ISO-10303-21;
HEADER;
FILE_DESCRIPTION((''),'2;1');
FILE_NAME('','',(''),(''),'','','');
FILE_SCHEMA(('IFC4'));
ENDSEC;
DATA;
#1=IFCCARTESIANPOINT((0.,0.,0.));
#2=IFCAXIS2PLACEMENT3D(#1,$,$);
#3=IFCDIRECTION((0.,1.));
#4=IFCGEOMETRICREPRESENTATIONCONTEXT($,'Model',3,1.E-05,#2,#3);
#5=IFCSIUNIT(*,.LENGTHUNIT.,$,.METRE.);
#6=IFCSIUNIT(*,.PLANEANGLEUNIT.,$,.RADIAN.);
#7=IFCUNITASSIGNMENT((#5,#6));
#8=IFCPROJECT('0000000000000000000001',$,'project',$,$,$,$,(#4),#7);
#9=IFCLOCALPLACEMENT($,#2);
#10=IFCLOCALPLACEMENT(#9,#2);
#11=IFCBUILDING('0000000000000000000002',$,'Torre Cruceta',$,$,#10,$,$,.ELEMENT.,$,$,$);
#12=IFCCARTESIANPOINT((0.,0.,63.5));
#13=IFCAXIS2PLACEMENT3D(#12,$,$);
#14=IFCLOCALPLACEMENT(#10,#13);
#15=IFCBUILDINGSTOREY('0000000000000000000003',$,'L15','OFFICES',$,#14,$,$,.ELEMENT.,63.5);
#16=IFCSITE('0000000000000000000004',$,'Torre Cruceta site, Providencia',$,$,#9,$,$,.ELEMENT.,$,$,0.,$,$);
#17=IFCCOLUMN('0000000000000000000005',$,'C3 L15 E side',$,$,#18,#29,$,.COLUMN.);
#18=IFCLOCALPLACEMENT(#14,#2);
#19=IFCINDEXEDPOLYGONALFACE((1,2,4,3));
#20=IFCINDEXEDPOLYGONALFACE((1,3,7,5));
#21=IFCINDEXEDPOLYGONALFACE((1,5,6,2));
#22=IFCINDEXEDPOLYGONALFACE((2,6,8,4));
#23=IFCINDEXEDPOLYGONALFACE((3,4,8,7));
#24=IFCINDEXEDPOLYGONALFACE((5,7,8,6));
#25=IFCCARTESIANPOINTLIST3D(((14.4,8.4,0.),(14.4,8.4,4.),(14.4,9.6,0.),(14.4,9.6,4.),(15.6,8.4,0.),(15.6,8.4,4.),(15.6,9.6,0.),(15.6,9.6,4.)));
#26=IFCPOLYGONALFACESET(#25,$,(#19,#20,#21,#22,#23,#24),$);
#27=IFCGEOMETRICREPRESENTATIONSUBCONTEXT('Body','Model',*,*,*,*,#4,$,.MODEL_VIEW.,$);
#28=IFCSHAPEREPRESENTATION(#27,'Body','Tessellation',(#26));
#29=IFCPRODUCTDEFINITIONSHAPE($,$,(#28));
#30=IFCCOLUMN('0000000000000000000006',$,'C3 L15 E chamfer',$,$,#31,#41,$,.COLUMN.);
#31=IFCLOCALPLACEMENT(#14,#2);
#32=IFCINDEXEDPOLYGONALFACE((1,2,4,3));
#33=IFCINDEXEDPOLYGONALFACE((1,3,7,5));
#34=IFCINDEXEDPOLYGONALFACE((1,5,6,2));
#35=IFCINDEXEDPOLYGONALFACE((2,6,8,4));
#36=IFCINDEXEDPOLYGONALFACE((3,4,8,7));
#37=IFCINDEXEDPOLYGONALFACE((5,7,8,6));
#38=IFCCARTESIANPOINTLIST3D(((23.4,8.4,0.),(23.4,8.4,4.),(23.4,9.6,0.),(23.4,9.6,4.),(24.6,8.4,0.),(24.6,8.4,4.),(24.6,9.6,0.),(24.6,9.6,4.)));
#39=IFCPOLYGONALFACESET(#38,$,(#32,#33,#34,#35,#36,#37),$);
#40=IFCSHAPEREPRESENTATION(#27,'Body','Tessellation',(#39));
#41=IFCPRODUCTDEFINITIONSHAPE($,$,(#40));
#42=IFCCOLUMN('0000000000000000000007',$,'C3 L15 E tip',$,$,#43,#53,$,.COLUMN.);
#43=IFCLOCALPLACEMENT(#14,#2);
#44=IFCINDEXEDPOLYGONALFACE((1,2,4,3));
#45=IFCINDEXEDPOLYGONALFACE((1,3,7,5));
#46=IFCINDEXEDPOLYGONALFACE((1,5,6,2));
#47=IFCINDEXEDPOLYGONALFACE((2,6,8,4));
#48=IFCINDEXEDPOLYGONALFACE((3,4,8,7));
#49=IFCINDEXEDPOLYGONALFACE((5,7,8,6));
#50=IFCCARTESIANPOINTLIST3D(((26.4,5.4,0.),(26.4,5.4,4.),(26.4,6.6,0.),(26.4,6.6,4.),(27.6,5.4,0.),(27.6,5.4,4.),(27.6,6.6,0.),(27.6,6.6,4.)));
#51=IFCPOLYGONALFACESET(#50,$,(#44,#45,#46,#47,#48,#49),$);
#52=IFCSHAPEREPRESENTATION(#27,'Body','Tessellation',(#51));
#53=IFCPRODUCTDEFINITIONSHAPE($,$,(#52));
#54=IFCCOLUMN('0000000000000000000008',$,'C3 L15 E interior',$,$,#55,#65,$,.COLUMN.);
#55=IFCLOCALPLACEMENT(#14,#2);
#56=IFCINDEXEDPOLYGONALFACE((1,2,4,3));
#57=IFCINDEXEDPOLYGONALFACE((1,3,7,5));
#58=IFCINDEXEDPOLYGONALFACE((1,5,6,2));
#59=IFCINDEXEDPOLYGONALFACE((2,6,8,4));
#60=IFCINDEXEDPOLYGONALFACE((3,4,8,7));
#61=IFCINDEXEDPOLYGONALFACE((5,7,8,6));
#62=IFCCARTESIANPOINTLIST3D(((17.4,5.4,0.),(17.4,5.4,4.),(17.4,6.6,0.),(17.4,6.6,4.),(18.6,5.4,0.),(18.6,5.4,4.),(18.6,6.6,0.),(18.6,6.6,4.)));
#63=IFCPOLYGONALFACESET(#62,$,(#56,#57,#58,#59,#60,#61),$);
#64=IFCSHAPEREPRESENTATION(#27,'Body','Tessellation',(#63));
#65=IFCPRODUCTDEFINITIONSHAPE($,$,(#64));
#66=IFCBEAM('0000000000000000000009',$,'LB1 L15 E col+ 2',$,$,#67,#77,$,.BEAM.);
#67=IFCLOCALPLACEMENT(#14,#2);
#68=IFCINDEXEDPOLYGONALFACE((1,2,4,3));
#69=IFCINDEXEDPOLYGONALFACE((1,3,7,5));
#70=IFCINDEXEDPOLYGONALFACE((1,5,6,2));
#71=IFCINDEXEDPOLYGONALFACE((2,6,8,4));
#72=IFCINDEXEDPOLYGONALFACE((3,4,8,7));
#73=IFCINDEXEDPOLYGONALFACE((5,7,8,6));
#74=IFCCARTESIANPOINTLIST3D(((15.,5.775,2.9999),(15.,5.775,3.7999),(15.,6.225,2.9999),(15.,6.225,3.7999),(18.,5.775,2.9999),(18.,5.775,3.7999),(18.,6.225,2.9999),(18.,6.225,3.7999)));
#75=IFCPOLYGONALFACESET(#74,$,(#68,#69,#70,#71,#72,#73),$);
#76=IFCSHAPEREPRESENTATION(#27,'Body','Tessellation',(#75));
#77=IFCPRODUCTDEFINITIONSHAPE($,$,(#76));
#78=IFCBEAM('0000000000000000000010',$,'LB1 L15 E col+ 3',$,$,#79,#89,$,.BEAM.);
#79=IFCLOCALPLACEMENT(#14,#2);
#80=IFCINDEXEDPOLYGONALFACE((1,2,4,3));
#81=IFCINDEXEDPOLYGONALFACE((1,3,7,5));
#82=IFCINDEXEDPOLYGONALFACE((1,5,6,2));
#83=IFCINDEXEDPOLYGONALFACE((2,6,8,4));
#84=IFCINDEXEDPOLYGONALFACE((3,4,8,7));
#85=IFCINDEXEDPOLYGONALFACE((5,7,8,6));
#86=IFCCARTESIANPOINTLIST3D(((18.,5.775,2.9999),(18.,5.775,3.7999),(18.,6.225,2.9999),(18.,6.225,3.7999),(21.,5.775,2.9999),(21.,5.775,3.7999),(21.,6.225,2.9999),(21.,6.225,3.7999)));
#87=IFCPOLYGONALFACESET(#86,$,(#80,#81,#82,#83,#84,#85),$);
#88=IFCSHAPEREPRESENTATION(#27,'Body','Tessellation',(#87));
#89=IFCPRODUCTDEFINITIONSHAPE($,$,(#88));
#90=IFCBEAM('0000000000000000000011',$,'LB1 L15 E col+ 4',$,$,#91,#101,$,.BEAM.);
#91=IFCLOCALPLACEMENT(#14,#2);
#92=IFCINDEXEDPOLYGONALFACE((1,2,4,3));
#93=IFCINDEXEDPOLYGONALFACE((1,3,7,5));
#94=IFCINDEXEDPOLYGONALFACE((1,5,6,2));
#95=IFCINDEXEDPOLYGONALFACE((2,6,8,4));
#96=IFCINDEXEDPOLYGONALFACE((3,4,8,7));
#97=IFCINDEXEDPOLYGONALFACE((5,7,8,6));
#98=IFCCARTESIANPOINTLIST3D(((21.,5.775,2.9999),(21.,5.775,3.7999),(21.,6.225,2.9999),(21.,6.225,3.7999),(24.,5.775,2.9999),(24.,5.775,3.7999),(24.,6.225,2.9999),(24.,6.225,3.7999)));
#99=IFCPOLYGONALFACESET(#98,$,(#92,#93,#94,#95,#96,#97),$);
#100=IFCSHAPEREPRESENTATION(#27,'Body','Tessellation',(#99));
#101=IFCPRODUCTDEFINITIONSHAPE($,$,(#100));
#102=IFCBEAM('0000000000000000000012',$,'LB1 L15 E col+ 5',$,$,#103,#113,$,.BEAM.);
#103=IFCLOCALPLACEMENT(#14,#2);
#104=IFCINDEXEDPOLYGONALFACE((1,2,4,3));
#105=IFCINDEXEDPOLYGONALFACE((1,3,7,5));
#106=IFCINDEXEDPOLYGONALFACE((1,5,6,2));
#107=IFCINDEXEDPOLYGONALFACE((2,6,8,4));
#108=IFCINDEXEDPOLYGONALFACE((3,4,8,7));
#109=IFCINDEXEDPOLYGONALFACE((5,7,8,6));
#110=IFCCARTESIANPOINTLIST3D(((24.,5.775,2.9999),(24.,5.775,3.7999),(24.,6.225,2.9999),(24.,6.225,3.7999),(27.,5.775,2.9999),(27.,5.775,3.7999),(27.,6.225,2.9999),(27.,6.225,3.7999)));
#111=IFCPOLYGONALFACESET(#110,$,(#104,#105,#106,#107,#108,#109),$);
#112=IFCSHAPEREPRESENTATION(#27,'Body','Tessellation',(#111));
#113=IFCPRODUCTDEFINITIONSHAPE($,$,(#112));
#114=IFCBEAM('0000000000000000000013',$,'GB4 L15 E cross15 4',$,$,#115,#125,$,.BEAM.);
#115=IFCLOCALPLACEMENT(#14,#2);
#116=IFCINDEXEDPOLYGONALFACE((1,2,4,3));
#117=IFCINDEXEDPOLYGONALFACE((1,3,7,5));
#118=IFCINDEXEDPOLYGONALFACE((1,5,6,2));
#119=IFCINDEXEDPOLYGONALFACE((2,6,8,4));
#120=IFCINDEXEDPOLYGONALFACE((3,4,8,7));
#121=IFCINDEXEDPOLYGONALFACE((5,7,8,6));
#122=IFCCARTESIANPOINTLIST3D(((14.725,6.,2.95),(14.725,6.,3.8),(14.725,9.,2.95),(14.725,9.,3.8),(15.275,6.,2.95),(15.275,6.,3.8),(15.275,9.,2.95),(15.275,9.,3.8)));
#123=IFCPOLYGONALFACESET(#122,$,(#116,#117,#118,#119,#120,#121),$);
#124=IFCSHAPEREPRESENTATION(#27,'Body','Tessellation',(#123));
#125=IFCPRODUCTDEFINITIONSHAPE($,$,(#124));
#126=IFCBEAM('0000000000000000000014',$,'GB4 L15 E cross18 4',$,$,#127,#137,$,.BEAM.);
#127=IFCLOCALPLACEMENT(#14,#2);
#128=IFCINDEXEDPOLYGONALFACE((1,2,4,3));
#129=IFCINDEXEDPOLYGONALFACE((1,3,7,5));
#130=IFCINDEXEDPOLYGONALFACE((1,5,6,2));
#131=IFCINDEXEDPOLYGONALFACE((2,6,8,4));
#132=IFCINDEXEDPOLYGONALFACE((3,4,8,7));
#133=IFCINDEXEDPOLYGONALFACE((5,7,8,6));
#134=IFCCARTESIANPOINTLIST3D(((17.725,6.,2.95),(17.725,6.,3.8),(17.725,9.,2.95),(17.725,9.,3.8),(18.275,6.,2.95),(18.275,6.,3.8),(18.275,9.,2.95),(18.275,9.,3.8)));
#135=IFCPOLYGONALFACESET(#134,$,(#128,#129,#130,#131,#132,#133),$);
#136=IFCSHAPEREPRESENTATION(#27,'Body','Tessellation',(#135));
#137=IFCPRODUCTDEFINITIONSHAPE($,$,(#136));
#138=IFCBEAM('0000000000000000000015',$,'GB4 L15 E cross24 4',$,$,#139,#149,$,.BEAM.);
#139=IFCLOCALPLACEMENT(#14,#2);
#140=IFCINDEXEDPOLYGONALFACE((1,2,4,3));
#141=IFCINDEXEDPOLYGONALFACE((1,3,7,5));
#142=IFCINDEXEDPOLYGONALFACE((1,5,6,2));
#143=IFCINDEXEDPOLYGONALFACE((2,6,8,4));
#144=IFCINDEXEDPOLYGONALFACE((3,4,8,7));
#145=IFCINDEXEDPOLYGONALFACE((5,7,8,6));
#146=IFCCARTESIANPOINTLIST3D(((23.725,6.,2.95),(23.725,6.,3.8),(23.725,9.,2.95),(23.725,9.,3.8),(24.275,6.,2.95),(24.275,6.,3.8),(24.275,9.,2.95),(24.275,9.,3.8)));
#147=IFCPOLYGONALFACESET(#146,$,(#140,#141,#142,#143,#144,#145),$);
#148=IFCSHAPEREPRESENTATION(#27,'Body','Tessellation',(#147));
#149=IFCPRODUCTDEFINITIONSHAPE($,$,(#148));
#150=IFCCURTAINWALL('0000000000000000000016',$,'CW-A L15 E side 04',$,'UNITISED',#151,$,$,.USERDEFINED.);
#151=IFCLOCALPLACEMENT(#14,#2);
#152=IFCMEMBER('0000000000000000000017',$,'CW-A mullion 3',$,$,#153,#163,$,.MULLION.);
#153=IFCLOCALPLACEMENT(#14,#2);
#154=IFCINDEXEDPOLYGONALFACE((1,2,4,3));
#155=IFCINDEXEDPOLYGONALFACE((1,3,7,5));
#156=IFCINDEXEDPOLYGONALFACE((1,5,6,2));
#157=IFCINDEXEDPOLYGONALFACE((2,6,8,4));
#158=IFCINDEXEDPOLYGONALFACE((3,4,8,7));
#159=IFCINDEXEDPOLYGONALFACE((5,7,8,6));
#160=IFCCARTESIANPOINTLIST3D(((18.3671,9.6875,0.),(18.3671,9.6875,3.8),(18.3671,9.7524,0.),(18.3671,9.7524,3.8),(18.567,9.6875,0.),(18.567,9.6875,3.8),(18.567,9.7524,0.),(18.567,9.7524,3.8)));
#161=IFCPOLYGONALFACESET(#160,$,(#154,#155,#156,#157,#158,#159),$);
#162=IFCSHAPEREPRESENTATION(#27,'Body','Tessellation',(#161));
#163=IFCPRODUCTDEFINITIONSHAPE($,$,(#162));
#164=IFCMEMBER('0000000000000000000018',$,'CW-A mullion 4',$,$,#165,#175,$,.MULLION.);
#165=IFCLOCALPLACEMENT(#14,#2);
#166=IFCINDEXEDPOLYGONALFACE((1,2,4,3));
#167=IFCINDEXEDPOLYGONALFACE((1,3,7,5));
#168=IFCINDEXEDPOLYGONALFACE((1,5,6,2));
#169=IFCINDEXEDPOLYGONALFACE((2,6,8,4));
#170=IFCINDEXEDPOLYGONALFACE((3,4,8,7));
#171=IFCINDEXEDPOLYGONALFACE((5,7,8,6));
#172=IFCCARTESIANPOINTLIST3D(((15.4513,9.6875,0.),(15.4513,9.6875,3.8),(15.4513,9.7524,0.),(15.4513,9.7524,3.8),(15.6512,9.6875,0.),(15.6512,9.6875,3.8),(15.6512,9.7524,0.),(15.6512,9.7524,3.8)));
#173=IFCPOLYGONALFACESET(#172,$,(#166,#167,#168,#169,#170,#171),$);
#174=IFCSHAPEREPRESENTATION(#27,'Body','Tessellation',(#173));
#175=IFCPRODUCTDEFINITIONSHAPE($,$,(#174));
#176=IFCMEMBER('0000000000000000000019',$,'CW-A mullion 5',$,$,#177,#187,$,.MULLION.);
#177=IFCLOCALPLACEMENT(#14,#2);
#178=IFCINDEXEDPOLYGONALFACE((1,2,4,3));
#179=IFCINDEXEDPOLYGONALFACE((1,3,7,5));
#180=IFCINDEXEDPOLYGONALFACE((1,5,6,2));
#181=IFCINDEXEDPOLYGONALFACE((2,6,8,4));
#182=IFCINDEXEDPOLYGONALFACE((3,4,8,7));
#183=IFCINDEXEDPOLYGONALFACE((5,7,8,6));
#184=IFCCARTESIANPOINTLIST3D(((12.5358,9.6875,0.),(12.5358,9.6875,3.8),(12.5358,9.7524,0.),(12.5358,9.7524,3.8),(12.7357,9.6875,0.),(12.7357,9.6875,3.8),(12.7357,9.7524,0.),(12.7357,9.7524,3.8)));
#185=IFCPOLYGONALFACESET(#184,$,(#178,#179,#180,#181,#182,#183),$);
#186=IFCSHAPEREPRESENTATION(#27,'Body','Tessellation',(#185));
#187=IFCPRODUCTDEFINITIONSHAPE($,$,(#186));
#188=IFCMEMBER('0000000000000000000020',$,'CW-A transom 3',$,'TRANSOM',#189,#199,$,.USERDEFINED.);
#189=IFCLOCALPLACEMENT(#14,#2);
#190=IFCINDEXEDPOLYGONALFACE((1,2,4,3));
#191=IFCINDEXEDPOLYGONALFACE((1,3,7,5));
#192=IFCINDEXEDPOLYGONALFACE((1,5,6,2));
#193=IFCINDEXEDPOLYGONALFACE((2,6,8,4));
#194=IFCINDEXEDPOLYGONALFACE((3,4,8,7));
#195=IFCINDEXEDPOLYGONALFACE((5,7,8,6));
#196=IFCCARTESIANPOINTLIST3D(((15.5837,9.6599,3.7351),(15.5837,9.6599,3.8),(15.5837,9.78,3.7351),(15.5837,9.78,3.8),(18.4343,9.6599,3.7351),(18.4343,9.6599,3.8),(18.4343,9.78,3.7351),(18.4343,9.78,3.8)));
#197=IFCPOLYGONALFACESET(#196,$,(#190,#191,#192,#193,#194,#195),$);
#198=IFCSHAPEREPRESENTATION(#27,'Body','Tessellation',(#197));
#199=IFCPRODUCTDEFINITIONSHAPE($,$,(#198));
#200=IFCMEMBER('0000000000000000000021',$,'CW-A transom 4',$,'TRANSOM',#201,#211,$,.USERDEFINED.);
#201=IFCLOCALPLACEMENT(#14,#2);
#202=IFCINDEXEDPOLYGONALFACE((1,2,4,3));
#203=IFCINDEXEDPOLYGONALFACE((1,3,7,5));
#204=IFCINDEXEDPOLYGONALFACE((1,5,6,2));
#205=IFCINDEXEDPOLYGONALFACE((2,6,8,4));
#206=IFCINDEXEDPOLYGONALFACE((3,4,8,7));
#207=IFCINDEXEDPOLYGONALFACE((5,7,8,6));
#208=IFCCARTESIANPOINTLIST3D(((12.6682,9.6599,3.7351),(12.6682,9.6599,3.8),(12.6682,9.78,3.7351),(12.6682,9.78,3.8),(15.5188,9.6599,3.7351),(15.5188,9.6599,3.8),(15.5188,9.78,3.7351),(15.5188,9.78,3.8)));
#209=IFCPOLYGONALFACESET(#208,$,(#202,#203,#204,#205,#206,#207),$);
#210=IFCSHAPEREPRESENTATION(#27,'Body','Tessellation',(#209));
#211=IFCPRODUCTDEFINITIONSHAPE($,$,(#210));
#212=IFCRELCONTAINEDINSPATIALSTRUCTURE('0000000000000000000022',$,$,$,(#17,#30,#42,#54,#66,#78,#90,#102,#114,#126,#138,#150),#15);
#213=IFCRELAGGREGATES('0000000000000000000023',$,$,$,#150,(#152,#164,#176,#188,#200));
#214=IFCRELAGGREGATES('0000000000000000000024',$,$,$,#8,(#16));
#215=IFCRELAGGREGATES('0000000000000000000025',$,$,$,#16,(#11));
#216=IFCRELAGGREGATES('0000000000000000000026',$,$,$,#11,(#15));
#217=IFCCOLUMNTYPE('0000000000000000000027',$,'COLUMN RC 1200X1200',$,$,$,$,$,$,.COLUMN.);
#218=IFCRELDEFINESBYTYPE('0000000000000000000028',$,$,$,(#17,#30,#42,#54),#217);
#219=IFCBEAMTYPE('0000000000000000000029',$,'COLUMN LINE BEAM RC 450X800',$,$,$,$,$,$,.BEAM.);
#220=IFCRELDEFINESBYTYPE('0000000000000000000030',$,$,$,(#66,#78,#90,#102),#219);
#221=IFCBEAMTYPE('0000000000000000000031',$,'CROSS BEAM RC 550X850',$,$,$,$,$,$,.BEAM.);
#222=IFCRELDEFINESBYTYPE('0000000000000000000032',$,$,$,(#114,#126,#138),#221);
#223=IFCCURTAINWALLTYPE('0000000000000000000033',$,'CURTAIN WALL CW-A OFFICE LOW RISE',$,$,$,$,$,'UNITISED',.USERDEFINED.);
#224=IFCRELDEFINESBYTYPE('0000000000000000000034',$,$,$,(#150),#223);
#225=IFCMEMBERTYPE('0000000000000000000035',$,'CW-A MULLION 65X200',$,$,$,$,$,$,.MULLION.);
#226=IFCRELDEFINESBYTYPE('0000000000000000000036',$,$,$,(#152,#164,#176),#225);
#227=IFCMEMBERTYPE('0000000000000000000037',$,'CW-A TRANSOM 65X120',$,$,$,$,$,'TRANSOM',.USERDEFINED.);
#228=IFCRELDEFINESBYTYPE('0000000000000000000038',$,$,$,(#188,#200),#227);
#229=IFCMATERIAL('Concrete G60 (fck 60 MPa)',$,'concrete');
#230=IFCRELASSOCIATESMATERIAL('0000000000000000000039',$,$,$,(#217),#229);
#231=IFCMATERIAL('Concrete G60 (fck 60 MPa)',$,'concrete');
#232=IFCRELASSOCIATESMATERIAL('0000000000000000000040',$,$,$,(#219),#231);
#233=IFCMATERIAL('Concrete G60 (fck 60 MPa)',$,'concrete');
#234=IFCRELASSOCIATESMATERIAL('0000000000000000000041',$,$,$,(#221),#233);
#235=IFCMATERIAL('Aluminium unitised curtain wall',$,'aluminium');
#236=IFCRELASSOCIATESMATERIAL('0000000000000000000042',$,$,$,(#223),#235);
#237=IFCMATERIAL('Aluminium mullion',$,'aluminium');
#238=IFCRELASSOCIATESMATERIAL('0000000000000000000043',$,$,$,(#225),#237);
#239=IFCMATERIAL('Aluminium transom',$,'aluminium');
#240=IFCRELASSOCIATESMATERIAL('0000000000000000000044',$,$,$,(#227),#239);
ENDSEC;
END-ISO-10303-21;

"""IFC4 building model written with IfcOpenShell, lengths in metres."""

from ifc_helpers import new_model, si_unit, direction, frame, origin, origin_2d, place, context, subcontext, project, spatial, rectangle, extrude, material, material_profile, profile_set, type_object, element, aggregate, save


model = new_model("IFC4")

# Units and contexts
model_context = context("Model", 3, precision=1e-05, world=origin(), true_north=direction((0.0, 1.0)))
body_context = subcontext(model_context, "Body", "Model", "MODEL_VIEW")
ifc_project = project(units=[si_unit("LENGTHUNIT", "METRE"), si_unit("PLANEANGLEUNIT", "RADIAN")], contexts=[model_context])

# Site, building, storey
site_placement = place(None, origin())
site = spatial("IfcSite", under=ifc_project, at=site_placement, Name="Torre Cruceta site, Providencia", CompositionType="ELEMENT", RefElevation=0.0)
building_placement = place(site_placement, origin())
building = spatial("IfcBuilding", under=site, at=building_placement, Name="Torre Cruceta", CompositionType="ELEMENT")
storey_placement = place(building_placement, frame((0.0, 0.0, 63.5)))
storey = spatial("IfcBuildingStorey", under=building, at=storey_placement, Name="L15", Description="OFFICES", CompositionType="ELEMENT", Elevation=63.5)

# Columns
ifc_material_1 = material(Name="Concrete G60 (fck 60 MPa)", Category="concrete")
ifc_material_profile_1 = material_profile(ifc_material_1, rectangle(XDim=1.2, YDim=1.2, at=origin_2d()), Name="RC 1200X1200")
ifc_profile_set_1 = profile_set([ifc_material_profile_1], Name="Concrete G60 (fck 60 MPa)")
column_type = type_object("IfcColumnType", Name="COLUMN RC 1200X1200", PredefinedType="COLUMN", material=ifc_profile_set_1)
for number, where, z_axis, x_axis, name in (
    (1, (15.0, 9.0, 0.0), (0.0, 0.0, 1.0), (1.0, 0.0, 0.0), "C3 L15 E side"),
    (2, (24.0, 9.0, 0.0), (0.0, 0.0, 1.0), (1.0, 0.0, 0.0), "C3 L15 E chamfer"),
    (3, (27.0, 6.0, 0.0), (0.0, 0.0, 1.0), (1.0, 0.0, 0.0), "C3 L15 E tip"),
    (4, (18.0, 6.0, 0.0), (0.0, 0.0, 1.0), (1.0, 0.0, 0.0), "C3 L15 E interior"),
):
    element("IfcColumn", number, at=place(storey_placement, frame(where, z_axis=z_axis, x_axis=x_axis)), inside=storey, type_object=column_type, Name=name, PredefinedType="COLUMN", context=body_context, shape_type="SweptSolid", body=[
        extrude(rectangle(XDim=1.2, YDim=1.2, at=origin_2d()), origin(), (0.0, 0.0, 1.0), 4.0),
    ])

# Beams
ifc_material_2 = material(Name="Concrete G60 (fck 60 MPa)", Category="concrete")
ifc_material_profile_2 = material_profile(ifc_material_2, rectangle(XDim=0.45, YDim=0.8, at=origin_2d()), Name="RC 450X800")
ifc_profile_set_2 = profile_set([ifc_material_profile_2], Name="Concrete G60 (fck 60 MPa)")
beam_type_1 = type_object("IfcBeamType", Name="COLUMN LINE BEAM RC 450X800", PredefinedType="BEAM", material=ifc_profile_set_2)
for number, where, z_axis, x_axis, name in (
    (5, (15.0, 6.0, 3.3999), (1.0, 0.0, 0.0), (0.0, 1.0, 0.0), "LB1 L15 E col+ 2"),
    (6, (18.0, 6.0, 3.3999), (1.0, 0.0, 0.0), (0.0, 1.0, 0.0), "LB1 L15 E col+ 3"),
    (7, (21.0, 6.0, 3.3999), (1.0, 0.0, 0.0), (0.0, 1.0, 0.0), "LB1 L15 E col+ 4"),
    (8, (24.0, 6.0, 3.3999), (1.0, 0.0, 0.0), (0.0, 1.0, 0.0), "LB1 L15 E col+ 5"),
):
    element("IfcBeam", number, at=place(storey_placement, frame(where, z_axis=z_axis, x_axis=x_axis)), inside=storey, type_object=beam_type_1, Name=name, PredefinedType="BEAM", context=body_context, shape_type="SweptSolid", body=[
        extrude(rectangle(XDim=0.45, YDim=0.8, at=origin_2d()), origin(), (0.0, 0.0, 1.0), 3.0),
    ])
ifc_material_3 = material(Name="Concrete G60 (fck 60 MPa)", Category="concrete")
ifc_material_profile_3 = material_profile(ifc_material_3, rectangle(XDim=0.55, YDim=0.8501, at=origin_2d()), Name="RC 550X850")
ifc_profile_set_3 = profile_set([ifc_material_profile_3], Name="Concrete G60 (fck 60 MPa)")
beam_type_2 = type_object("IfcBeamType", Name="CROSS BEAM RC 550X850", PredefinedType="BEAM", material=ifc_profile_set_3)
for number, where, z_axis, x_axis, name in (
    (9, (15.0, 6.0, 3.375), (0.0, 1.0, 0.0), (-1.0, 0.0, 0.0), "GB4 L15 E cross15 4"),
    (10, (18.0, 6.0, 3.375), (0.0, 1.0, 0.0), (-1.0, 0.0, 0.0), "GB4 L15 E cross18 4"),
    (11, (24.0, 6.0, 3.375), (0.0, 1.0, 0.0), (-1.0, 0.0, 0.0), "GB4 L15 E cross24 4"),
):
    element("IfcBeam", number, at=place(storey_placement, frame(where, z_axis=z_axis, x_axis=x_axis)), inside=storey, type_object=beam_type_2, Name=name, PredefinedType="BEAM", context=body_context, shape_type="SweptSolid", body=[
        extrude(rectangle(XDim=0.55, YDim=0.8501, at=origin_2d()), origin(), (0.0, 0.0, 1.0), 3.0),
    ])

# Curtain wall, members
ifc_material_4 = material(Name="Aluminium unitised curtain wall", Category="aluminium")
curtain_wall_type = type_object("IfcCurtainWallType", Name="CURTAIN WALL CW-A OFFICE LOW RISE", ElementType="UNITISED", PredefinedType="USERDEFINED", material=ifc_material_4)
curtain_wall_placement = place(storey_placement, origin())
curtain_wall = element("IfcCurtainWall", 12, at=curtain_wall_placement, inside=storey, type_object=curtain_wall_type, Name="CW-A L15 E side 04", ObjectType="UNITISED", PredefinedType="USERDEFINED")
ifc_material_5 = material(Name="Aluminium mullion", Category="aluminium")
ifc_material_profile_4 = material_profile(ifc_material_5, rectangle(XDim=0.0649, YDim=0.2, at=origin_2d()), Name="AL 65X200")
ifc_profile_set_4 = profile_set([ifc_material_profile_4], Name="Aluminium mullion")
member_type_1 = type_object("IfcMemberType", Name="CW-A MULLION 65X200", PredefinedType="MULLION", material=ifc_profile_set_4)
member_1_placement = place(storey_placement, frame((18.467, 9.72, 0.0), z_axis=(0.0, 0.0, 1.0), x_axis=(0.0, -1.0, 0.0)))
member_1 = element("IfcMember", 13, at=member_1_placement, type_object=member_type_1, Name="CW-A mullion 3", PredefinedType="MULLION", context=body_context, shape_type="SweptSolid", body=[
    extrude(rectangle(XDim=0.0649, YDim=0.2, at=origin_2d()), origin(), (0.0, 0.0, 1.0), 3.8),
])
member_2_placement = place(storey_placement, frame((15.5513, 9.72, 0.0), z_axis=(0.0, 0.0, 1.0), x_axis=(0.0, -1.0, 0.0)))
member_2 = element("IfcMember", 14, at=member_2_placement, type_object=member_type_1, Name="CW-A mullion 4", PredefinedType="MULLION", context=body_context, shape_type="SweptSolid", body=[
    extrude(rectangle(XDim=0.0649, YDim=0.2, at=origin_2d()), origin(), (0.0, 0.0, 1.0), 3.8),
])
member_3_placement = place(storey_placement, frame((12.6357, 9.72, 0.0), z_axis=(0.0, 0.0, 1.0), x_axis=(0.0, -1.0, 0.0)))
member_3 = element("IfcMember", 15, at=member_3_placement, type_object=member_type_1, Name="CW-A mullion 5", PredefinedType="MULLION", context=body_context, shape_type="SweptSolid", body=[
    extrude(rectangle(XDim=0.0649, YDim=0.2, at=origin_2d()), origin(), (0.0, 0.0, 1.0), 3.8),
])
ifc_material_6 = material(Name="Aluminium transom", Category="aluminium")
ifc_material_profile_5 = material_profile(ifc_material_6, rectangle(XDim=0.1201, YDim=0.0649, at=origin_2d()), Name="AL 120X65")
ifc_profile_set_5 = profile_set([ifc_material_profile_5], Name="Aluminium transom")
member_type_2 = type_object("IfcMemberType", Name="CW-A TRANSOM 65X120", ElementType="TRANSOM", PredefinedType="USERDEFINED", material=ifc_profile_set_5)
member_4_placement = place(storey_placement, frame((18.4343, 9.72, 3.7676), z_axis=(-1.0, 0.0, 0.0), x_axis=(0.0, -1.0, 0.0)))
member_4 = element("IfcMember", 16, at=member_4_placement, type_object=member_type_2, Name="CW-A transom 3", ObjectType="TRANSOM", PredefinedType="USERDEFINED", context=body_context, shape_type="SweptSolid", body=[
    extrude(rectangle(XDim=0.1201, YDim=0.0649, at=origin_2d()), origin(), (0.0, 0.0, 1.0), 2.8506),
])
member_5_placement = place(storey_placement, frame((15.5188, 9.72, 3.7676), z_axis=(-1.0, 0.0, 0.0), x_axis=(0.0, -1.0, 0.0)))
member_5 = element("IfcMember", 17, at=member_5_placement, type_object=member_type_2, Name="CW-A transom 4", ObjectType="TRANSOM", PredefinedType="USERDEFINED", context=body_context, shape_type="SweptSolid", body=[
    extrude(rectangle(XDim=0.1201, YDim=0.0649, at=origin_2d()), origin(), (0.0, 0.0, 1.0), 2.8506),
])

aggregate(curtain_wall, [member_1, member_2, member_3, member_4, member_5])

save(model, "model.ifc")
